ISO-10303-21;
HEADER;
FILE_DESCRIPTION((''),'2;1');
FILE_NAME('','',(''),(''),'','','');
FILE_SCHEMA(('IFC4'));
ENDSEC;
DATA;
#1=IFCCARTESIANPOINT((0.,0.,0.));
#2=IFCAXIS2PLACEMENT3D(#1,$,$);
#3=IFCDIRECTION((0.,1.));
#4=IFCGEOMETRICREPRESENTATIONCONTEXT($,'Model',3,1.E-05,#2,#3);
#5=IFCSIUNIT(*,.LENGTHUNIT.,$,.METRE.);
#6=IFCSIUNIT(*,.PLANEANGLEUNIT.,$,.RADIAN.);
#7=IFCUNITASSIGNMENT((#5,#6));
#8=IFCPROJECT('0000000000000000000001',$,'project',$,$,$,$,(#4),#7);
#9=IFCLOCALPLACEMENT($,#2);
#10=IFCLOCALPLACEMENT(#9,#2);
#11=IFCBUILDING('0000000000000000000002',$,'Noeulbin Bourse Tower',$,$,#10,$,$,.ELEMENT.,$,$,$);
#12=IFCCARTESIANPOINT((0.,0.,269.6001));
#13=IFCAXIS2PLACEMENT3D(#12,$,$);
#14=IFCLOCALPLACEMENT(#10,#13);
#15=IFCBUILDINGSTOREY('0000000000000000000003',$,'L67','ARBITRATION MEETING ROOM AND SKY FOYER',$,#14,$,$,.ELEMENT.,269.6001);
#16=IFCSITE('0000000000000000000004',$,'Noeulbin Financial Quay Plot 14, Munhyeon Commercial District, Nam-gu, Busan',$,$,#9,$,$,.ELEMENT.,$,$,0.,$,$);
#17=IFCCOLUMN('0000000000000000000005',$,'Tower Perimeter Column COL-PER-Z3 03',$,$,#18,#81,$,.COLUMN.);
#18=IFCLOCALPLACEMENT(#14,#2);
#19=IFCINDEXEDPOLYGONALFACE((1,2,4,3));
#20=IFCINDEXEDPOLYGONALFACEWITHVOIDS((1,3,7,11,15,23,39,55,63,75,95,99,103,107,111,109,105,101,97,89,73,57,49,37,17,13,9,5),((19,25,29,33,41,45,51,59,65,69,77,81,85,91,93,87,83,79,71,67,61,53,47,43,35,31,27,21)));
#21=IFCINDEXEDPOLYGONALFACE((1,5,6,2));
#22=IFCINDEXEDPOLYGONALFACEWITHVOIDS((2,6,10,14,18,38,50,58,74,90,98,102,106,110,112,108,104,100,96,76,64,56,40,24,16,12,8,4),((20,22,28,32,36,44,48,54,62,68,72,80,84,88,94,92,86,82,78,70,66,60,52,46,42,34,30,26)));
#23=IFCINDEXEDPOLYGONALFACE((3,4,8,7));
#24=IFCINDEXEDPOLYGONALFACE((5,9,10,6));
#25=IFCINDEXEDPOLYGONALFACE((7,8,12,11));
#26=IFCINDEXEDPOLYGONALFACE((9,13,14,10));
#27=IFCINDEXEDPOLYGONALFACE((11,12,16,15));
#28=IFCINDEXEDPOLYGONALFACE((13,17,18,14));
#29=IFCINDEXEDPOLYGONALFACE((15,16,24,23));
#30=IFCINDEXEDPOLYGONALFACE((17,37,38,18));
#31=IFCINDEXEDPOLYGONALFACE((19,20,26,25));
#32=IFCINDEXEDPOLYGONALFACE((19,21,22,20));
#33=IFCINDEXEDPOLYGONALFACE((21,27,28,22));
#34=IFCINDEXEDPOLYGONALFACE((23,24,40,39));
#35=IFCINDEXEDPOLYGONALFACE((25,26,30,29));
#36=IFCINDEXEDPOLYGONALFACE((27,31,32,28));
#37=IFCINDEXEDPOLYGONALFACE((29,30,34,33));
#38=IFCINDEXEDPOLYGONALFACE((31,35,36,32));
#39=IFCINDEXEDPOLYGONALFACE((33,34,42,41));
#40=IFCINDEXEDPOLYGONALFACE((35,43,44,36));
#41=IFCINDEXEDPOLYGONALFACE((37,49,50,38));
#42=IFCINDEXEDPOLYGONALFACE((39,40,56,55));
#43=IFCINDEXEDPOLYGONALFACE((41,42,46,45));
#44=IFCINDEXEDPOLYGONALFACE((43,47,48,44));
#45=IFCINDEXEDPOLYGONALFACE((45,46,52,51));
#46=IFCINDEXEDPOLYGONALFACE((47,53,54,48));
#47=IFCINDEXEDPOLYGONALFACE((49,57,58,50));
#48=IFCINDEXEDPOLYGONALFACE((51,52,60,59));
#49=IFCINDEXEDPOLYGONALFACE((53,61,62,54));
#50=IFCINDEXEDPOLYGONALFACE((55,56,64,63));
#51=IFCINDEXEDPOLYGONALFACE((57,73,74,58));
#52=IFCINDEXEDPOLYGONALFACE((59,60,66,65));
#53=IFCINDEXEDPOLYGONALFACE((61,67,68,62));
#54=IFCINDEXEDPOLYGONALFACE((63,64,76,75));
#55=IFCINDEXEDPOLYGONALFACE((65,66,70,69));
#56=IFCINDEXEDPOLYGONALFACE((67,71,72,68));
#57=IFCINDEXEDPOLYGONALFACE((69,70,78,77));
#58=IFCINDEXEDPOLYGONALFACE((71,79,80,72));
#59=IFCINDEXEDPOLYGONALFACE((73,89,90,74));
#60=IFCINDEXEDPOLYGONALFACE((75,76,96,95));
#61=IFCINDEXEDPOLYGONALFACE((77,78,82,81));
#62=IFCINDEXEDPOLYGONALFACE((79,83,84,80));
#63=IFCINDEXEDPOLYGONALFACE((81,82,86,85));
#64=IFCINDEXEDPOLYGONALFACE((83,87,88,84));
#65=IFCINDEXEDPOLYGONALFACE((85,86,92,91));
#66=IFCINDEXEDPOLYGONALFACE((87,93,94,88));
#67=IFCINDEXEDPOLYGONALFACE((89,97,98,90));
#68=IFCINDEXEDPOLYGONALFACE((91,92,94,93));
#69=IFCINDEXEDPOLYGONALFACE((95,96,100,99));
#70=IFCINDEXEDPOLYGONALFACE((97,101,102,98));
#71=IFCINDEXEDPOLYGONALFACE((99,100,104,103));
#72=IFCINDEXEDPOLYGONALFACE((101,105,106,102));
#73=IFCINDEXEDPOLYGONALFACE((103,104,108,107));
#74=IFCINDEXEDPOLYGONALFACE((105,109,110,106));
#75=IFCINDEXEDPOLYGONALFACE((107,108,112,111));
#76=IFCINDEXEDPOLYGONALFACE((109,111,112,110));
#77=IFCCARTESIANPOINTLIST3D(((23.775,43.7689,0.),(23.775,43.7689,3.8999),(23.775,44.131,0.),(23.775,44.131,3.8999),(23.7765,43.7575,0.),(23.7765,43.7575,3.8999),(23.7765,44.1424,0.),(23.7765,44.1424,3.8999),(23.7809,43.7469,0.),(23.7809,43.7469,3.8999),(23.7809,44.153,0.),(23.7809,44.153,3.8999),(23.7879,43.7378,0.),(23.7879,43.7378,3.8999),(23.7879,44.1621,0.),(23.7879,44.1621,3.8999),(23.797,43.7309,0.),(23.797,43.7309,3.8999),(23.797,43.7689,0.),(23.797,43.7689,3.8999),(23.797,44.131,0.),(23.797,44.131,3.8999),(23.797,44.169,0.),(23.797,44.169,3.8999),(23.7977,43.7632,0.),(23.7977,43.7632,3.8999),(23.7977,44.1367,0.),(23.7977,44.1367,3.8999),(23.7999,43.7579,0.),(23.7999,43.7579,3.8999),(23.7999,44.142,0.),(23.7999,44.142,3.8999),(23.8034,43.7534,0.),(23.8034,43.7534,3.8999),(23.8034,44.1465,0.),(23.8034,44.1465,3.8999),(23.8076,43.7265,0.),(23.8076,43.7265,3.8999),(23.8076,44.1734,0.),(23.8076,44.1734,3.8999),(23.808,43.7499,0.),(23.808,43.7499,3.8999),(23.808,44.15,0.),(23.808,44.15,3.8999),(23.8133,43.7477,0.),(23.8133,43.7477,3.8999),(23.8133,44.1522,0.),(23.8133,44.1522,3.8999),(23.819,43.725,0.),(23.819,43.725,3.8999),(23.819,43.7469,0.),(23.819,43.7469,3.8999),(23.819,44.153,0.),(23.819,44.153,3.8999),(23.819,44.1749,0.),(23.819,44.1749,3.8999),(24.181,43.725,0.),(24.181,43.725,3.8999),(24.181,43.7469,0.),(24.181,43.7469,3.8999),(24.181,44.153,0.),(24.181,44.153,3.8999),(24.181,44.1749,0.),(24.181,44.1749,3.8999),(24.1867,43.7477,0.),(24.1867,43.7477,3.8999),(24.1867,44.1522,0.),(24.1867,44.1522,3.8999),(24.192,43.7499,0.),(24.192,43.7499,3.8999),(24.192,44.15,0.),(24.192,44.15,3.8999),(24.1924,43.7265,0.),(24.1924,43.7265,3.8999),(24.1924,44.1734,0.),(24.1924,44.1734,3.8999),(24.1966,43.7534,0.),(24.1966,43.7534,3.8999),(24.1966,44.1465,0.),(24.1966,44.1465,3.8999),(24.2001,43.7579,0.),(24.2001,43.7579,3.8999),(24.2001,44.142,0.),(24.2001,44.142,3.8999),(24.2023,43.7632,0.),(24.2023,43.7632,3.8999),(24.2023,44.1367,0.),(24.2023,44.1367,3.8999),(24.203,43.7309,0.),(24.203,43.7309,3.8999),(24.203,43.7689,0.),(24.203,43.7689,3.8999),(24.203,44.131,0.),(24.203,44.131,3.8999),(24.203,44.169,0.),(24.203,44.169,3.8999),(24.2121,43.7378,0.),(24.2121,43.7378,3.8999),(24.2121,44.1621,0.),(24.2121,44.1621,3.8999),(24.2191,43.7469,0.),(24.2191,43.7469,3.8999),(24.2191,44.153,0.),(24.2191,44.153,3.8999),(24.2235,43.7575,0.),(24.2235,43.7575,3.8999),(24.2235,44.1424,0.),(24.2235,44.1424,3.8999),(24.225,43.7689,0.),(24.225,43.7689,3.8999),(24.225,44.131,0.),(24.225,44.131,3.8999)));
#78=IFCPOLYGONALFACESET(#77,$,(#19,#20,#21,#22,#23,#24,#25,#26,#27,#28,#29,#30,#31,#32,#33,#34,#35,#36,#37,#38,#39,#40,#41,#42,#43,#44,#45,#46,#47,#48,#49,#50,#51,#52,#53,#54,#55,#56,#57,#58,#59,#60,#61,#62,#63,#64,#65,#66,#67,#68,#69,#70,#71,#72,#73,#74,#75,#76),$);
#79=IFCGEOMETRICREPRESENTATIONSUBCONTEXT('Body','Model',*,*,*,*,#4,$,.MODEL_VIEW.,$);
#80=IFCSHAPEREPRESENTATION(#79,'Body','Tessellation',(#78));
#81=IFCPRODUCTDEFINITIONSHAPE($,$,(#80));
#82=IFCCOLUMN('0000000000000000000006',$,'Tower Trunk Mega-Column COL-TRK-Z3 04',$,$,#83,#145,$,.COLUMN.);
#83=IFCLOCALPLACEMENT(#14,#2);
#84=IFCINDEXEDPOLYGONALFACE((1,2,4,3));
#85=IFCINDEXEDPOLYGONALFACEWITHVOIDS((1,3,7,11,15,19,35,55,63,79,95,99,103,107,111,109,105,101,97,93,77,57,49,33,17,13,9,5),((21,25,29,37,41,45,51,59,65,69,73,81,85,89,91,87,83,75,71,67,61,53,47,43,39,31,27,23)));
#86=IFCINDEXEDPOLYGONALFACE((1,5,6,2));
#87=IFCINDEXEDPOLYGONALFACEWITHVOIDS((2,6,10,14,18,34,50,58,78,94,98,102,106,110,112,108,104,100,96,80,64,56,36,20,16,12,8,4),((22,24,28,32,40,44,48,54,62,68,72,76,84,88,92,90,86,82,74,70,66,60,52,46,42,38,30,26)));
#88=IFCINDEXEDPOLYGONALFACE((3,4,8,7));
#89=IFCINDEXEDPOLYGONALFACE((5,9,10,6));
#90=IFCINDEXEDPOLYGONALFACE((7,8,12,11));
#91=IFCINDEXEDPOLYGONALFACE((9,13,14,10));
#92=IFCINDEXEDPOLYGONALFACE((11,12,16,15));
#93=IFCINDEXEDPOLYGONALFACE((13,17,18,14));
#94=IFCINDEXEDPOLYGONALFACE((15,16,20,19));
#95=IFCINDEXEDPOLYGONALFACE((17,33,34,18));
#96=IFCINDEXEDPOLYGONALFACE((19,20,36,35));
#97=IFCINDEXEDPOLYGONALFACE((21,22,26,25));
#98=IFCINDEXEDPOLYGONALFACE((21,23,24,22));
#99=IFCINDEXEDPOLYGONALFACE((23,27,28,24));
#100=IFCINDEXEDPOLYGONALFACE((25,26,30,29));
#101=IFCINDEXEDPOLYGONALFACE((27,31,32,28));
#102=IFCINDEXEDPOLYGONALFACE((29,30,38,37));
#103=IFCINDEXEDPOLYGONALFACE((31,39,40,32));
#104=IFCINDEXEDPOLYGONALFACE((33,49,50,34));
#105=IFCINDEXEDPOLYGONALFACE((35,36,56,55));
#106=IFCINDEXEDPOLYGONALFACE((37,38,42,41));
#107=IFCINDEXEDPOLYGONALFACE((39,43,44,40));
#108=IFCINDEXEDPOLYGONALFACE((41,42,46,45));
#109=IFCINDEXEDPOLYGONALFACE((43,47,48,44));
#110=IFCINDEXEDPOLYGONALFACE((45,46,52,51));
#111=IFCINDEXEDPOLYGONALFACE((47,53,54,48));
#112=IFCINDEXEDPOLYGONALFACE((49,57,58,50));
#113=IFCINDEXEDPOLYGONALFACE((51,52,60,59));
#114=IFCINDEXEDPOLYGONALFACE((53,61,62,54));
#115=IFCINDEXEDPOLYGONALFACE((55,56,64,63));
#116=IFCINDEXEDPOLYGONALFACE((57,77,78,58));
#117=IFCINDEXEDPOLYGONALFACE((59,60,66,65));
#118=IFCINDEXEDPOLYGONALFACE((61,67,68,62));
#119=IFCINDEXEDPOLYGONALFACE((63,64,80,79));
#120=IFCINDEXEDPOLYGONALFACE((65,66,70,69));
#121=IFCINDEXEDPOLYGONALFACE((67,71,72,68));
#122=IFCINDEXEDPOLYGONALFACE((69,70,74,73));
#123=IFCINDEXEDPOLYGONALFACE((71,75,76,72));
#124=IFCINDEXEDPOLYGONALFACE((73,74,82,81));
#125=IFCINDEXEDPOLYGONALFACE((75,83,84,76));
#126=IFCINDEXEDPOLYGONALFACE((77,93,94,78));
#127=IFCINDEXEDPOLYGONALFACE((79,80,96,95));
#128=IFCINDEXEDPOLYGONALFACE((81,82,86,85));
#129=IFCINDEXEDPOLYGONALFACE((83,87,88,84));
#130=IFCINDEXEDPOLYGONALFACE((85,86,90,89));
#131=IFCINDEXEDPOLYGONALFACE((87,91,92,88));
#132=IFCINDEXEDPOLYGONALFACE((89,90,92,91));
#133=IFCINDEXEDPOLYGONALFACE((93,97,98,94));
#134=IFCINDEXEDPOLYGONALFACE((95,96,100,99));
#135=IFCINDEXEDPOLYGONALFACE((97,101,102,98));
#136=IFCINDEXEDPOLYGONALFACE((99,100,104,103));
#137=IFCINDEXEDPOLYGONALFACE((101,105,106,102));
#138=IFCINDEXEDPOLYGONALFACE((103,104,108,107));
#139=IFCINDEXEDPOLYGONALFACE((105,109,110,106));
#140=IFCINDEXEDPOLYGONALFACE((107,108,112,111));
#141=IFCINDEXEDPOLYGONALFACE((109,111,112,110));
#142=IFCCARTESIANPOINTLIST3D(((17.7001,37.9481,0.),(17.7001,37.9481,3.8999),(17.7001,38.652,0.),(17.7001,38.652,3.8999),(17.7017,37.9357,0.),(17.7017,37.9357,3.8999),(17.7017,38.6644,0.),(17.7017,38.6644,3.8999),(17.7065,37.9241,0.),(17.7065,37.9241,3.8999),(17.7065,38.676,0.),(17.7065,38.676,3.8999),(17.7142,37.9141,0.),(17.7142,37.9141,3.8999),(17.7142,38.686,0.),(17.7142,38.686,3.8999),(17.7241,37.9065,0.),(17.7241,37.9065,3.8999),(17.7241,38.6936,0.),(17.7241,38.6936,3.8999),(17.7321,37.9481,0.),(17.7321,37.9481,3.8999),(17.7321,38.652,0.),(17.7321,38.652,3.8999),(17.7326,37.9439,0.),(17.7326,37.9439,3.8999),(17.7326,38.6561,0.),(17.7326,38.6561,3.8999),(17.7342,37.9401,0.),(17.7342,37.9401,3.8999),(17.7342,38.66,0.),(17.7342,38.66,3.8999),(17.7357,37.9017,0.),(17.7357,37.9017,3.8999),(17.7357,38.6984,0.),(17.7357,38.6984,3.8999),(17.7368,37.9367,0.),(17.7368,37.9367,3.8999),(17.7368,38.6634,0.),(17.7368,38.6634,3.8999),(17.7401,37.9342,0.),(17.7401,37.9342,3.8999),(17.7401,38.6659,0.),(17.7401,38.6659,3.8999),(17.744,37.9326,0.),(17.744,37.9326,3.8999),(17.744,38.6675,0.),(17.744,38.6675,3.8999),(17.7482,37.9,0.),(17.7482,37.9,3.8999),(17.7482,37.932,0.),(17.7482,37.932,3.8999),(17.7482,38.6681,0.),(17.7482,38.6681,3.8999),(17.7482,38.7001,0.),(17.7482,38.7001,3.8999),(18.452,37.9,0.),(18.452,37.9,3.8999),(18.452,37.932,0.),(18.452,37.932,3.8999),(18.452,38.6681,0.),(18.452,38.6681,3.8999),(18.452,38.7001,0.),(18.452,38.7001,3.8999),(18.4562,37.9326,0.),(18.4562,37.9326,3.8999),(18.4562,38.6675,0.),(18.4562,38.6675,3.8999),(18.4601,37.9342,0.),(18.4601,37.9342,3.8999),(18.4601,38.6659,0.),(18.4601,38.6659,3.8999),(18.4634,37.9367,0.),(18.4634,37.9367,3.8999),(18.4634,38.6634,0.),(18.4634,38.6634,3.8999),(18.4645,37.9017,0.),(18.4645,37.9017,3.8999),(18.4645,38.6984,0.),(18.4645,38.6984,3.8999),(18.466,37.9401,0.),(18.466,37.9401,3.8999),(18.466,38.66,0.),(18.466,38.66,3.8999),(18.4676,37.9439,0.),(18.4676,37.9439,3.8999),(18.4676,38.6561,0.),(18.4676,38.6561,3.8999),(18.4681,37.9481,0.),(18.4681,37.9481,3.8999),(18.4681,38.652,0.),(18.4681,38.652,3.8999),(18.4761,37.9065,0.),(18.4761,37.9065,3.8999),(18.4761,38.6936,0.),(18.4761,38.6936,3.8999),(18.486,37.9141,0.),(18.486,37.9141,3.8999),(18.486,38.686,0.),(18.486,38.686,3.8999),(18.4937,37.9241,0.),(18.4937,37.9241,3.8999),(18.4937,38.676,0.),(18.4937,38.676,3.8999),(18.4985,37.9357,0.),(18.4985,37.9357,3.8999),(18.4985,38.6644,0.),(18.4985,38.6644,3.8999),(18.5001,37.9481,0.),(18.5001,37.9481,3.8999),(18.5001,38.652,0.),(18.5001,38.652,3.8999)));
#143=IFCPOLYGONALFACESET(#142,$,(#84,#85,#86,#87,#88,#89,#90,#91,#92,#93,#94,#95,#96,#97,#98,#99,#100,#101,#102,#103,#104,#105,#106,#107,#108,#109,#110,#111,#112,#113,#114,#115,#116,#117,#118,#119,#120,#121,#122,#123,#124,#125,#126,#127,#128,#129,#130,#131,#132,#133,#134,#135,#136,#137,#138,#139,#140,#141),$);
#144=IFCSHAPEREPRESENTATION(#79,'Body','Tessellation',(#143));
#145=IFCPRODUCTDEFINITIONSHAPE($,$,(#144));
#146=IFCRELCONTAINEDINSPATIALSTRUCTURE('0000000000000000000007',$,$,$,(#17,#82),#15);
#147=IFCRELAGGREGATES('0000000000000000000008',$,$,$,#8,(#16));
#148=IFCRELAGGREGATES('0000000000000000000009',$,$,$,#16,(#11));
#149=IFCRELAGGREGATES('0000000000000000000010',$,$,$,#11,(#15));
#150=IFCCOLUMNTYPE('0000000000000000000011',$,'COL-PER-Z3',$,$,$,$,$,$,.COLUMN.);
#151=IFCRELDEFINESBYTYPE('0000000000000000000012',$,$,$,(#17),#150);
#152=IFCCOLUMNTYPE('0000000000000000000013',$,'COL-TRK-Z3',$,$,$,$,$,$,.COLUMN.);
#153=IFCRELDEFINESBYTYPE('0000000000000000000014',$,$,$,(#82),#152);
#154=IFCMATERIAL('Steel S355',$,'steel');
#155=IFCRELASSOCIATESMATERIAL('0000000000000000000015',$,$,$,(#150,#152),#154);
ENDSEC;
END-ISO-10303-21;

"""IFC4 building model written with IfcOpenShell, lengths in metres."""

from ifc_helpers import new_model, si_unit, direction, frame, origin, origin_2d, place, context, subcontext, project, spatial, hollow_rectangle, extrude, material, material_profile, profile_set, type_object, element, save


model = new_model("IFC4")

# Units and contexts
model_context = context("Model", 3, precision=1e-05, world=origin(), true_north=direction((0.0, 1.0)))
body_context = subcontext(model_context, "Body", "Model", "MODEL_VIEW")
ifc_project = project(units=[si_unit("LENGTHUNIT", "METRE"), si_unit("PLANEANGLEUNIT", "RADIAN")], contexts=[model_context])

# Site, building, storey
site_placement = place(None, origin())
site = spatial("IfcSite", under=ifc_project, at=site_placement, Name="Noeulbin Financial Quay Plot 14, Munhyeon Commercial District, Nam-gu, Busan", CompositionType="ELEMENT", RefElevation=0.0)
building_placement = place(site_placement, origin())
building = spatial("IfcBuilding", under=site, at=building_placement, Name="Noeulbin Bourse Tower", CompositionType="ELEMENT")
storey_placement = place(building_placement, frame((0.0, 0.0, 269.6001)))
storey = spatial("IfcBuildingStorey", under=building, at=storey_placement, Name="L67", Description="ARBITRATION MEETING ROOM AND SKY FOYER", CompositionType="ELEMENT", Elevation=269.6001)

# Columns
ifc_material_1 = material(Name="Steel S355", Category="steel")
ifc_material_profile_1 = material_profile(ifc_material_1, hollow_rectangle(XDim=0.45, YDim=0.45, WallThickness=0.022, InnerFilletRadius=0.022, OuterFilletRadius=0.0439, at=origin_2d()), Name="SHS-450x450x22", Category="LoadBearing")
ifc_profile_set_1 = profile_set([ifc_material_profile_1], Name="Steel S355")
column_type_1 = type_object("IfcColumnType", Name="COL-PER-Z3", PredefinedType="COLUMN", material=ifc_profile_set_1)
column_placement = place(storey_placement, frame((24.0, 43.95, 0.0), z_axis=(0.0, 0.0, 1.0), x_axis=(1.0, 0.0, 0.0)))
element("IfcColumn", 1, at=column_placement, inside=storey, type_object=column_type_1, Name="Tower Perimeter Column COL-PER-Z3 03", PredefinedType="COLUMN", context=body_context, shape_type="SweptSolid", body=[
    extrude(hollow_rectangle(XDim=0.45, YDim=0.45, WallThickness=0.022, InnerFilletRadius=0.022, OuterFilletRadius=0.0439, at=origin_2d()), origin(), (0.0, 0.0, 1.0), 3.8999),
])
ifc_material_profile_2 = material_profile(ifc_material_1, hollow_rectangle(XDim=0.8, YDim=0.8, WallThickness=0.032, InnerFilletRadius=0.0161, OuterFilletRadius=0.0481, at=origin_2d()), Name="BOX-800x800x32", Category="LoadBearing")
ifc_profile_set_2 = profile_set([ifc_material_profile_2], Name="Steel S355")
column_type_2 = type_object("IfcColumnType", Name="COL-TRK-Z3", PredefinedType="COLUMN", material=ifc_profile_set_2)
for number, where, z_axis, x_axis, name in (
    (2, (18.1001, 38.3, 0.0), (0.0, 0.0, 1.0), (1.0, 0.0, 0.0), "Tower Trunk Mega-Column COL-TRK-Z3 04"),
):
    element("IfcColumn", number, at=place(storey_placement, frame(where, z_axis=z_axis, x_axis=x_axis)), inside=storey, type_object=column_type_2, Name=name, PredefinedType="COLUMN", context=body_context, shape_type="SweptSolid", body=[
        extrude(hollow_rectangle(XDim=0.8, YDim=0.8, WallThickness=0.032, InnerFilletRadius=0.0161, OuterFilletRadius=0.0481, at=origin_2d()), origin(), (0.0, 0.0, 1.0), 3.8999),
    ])

save(model, "model.ifc")
